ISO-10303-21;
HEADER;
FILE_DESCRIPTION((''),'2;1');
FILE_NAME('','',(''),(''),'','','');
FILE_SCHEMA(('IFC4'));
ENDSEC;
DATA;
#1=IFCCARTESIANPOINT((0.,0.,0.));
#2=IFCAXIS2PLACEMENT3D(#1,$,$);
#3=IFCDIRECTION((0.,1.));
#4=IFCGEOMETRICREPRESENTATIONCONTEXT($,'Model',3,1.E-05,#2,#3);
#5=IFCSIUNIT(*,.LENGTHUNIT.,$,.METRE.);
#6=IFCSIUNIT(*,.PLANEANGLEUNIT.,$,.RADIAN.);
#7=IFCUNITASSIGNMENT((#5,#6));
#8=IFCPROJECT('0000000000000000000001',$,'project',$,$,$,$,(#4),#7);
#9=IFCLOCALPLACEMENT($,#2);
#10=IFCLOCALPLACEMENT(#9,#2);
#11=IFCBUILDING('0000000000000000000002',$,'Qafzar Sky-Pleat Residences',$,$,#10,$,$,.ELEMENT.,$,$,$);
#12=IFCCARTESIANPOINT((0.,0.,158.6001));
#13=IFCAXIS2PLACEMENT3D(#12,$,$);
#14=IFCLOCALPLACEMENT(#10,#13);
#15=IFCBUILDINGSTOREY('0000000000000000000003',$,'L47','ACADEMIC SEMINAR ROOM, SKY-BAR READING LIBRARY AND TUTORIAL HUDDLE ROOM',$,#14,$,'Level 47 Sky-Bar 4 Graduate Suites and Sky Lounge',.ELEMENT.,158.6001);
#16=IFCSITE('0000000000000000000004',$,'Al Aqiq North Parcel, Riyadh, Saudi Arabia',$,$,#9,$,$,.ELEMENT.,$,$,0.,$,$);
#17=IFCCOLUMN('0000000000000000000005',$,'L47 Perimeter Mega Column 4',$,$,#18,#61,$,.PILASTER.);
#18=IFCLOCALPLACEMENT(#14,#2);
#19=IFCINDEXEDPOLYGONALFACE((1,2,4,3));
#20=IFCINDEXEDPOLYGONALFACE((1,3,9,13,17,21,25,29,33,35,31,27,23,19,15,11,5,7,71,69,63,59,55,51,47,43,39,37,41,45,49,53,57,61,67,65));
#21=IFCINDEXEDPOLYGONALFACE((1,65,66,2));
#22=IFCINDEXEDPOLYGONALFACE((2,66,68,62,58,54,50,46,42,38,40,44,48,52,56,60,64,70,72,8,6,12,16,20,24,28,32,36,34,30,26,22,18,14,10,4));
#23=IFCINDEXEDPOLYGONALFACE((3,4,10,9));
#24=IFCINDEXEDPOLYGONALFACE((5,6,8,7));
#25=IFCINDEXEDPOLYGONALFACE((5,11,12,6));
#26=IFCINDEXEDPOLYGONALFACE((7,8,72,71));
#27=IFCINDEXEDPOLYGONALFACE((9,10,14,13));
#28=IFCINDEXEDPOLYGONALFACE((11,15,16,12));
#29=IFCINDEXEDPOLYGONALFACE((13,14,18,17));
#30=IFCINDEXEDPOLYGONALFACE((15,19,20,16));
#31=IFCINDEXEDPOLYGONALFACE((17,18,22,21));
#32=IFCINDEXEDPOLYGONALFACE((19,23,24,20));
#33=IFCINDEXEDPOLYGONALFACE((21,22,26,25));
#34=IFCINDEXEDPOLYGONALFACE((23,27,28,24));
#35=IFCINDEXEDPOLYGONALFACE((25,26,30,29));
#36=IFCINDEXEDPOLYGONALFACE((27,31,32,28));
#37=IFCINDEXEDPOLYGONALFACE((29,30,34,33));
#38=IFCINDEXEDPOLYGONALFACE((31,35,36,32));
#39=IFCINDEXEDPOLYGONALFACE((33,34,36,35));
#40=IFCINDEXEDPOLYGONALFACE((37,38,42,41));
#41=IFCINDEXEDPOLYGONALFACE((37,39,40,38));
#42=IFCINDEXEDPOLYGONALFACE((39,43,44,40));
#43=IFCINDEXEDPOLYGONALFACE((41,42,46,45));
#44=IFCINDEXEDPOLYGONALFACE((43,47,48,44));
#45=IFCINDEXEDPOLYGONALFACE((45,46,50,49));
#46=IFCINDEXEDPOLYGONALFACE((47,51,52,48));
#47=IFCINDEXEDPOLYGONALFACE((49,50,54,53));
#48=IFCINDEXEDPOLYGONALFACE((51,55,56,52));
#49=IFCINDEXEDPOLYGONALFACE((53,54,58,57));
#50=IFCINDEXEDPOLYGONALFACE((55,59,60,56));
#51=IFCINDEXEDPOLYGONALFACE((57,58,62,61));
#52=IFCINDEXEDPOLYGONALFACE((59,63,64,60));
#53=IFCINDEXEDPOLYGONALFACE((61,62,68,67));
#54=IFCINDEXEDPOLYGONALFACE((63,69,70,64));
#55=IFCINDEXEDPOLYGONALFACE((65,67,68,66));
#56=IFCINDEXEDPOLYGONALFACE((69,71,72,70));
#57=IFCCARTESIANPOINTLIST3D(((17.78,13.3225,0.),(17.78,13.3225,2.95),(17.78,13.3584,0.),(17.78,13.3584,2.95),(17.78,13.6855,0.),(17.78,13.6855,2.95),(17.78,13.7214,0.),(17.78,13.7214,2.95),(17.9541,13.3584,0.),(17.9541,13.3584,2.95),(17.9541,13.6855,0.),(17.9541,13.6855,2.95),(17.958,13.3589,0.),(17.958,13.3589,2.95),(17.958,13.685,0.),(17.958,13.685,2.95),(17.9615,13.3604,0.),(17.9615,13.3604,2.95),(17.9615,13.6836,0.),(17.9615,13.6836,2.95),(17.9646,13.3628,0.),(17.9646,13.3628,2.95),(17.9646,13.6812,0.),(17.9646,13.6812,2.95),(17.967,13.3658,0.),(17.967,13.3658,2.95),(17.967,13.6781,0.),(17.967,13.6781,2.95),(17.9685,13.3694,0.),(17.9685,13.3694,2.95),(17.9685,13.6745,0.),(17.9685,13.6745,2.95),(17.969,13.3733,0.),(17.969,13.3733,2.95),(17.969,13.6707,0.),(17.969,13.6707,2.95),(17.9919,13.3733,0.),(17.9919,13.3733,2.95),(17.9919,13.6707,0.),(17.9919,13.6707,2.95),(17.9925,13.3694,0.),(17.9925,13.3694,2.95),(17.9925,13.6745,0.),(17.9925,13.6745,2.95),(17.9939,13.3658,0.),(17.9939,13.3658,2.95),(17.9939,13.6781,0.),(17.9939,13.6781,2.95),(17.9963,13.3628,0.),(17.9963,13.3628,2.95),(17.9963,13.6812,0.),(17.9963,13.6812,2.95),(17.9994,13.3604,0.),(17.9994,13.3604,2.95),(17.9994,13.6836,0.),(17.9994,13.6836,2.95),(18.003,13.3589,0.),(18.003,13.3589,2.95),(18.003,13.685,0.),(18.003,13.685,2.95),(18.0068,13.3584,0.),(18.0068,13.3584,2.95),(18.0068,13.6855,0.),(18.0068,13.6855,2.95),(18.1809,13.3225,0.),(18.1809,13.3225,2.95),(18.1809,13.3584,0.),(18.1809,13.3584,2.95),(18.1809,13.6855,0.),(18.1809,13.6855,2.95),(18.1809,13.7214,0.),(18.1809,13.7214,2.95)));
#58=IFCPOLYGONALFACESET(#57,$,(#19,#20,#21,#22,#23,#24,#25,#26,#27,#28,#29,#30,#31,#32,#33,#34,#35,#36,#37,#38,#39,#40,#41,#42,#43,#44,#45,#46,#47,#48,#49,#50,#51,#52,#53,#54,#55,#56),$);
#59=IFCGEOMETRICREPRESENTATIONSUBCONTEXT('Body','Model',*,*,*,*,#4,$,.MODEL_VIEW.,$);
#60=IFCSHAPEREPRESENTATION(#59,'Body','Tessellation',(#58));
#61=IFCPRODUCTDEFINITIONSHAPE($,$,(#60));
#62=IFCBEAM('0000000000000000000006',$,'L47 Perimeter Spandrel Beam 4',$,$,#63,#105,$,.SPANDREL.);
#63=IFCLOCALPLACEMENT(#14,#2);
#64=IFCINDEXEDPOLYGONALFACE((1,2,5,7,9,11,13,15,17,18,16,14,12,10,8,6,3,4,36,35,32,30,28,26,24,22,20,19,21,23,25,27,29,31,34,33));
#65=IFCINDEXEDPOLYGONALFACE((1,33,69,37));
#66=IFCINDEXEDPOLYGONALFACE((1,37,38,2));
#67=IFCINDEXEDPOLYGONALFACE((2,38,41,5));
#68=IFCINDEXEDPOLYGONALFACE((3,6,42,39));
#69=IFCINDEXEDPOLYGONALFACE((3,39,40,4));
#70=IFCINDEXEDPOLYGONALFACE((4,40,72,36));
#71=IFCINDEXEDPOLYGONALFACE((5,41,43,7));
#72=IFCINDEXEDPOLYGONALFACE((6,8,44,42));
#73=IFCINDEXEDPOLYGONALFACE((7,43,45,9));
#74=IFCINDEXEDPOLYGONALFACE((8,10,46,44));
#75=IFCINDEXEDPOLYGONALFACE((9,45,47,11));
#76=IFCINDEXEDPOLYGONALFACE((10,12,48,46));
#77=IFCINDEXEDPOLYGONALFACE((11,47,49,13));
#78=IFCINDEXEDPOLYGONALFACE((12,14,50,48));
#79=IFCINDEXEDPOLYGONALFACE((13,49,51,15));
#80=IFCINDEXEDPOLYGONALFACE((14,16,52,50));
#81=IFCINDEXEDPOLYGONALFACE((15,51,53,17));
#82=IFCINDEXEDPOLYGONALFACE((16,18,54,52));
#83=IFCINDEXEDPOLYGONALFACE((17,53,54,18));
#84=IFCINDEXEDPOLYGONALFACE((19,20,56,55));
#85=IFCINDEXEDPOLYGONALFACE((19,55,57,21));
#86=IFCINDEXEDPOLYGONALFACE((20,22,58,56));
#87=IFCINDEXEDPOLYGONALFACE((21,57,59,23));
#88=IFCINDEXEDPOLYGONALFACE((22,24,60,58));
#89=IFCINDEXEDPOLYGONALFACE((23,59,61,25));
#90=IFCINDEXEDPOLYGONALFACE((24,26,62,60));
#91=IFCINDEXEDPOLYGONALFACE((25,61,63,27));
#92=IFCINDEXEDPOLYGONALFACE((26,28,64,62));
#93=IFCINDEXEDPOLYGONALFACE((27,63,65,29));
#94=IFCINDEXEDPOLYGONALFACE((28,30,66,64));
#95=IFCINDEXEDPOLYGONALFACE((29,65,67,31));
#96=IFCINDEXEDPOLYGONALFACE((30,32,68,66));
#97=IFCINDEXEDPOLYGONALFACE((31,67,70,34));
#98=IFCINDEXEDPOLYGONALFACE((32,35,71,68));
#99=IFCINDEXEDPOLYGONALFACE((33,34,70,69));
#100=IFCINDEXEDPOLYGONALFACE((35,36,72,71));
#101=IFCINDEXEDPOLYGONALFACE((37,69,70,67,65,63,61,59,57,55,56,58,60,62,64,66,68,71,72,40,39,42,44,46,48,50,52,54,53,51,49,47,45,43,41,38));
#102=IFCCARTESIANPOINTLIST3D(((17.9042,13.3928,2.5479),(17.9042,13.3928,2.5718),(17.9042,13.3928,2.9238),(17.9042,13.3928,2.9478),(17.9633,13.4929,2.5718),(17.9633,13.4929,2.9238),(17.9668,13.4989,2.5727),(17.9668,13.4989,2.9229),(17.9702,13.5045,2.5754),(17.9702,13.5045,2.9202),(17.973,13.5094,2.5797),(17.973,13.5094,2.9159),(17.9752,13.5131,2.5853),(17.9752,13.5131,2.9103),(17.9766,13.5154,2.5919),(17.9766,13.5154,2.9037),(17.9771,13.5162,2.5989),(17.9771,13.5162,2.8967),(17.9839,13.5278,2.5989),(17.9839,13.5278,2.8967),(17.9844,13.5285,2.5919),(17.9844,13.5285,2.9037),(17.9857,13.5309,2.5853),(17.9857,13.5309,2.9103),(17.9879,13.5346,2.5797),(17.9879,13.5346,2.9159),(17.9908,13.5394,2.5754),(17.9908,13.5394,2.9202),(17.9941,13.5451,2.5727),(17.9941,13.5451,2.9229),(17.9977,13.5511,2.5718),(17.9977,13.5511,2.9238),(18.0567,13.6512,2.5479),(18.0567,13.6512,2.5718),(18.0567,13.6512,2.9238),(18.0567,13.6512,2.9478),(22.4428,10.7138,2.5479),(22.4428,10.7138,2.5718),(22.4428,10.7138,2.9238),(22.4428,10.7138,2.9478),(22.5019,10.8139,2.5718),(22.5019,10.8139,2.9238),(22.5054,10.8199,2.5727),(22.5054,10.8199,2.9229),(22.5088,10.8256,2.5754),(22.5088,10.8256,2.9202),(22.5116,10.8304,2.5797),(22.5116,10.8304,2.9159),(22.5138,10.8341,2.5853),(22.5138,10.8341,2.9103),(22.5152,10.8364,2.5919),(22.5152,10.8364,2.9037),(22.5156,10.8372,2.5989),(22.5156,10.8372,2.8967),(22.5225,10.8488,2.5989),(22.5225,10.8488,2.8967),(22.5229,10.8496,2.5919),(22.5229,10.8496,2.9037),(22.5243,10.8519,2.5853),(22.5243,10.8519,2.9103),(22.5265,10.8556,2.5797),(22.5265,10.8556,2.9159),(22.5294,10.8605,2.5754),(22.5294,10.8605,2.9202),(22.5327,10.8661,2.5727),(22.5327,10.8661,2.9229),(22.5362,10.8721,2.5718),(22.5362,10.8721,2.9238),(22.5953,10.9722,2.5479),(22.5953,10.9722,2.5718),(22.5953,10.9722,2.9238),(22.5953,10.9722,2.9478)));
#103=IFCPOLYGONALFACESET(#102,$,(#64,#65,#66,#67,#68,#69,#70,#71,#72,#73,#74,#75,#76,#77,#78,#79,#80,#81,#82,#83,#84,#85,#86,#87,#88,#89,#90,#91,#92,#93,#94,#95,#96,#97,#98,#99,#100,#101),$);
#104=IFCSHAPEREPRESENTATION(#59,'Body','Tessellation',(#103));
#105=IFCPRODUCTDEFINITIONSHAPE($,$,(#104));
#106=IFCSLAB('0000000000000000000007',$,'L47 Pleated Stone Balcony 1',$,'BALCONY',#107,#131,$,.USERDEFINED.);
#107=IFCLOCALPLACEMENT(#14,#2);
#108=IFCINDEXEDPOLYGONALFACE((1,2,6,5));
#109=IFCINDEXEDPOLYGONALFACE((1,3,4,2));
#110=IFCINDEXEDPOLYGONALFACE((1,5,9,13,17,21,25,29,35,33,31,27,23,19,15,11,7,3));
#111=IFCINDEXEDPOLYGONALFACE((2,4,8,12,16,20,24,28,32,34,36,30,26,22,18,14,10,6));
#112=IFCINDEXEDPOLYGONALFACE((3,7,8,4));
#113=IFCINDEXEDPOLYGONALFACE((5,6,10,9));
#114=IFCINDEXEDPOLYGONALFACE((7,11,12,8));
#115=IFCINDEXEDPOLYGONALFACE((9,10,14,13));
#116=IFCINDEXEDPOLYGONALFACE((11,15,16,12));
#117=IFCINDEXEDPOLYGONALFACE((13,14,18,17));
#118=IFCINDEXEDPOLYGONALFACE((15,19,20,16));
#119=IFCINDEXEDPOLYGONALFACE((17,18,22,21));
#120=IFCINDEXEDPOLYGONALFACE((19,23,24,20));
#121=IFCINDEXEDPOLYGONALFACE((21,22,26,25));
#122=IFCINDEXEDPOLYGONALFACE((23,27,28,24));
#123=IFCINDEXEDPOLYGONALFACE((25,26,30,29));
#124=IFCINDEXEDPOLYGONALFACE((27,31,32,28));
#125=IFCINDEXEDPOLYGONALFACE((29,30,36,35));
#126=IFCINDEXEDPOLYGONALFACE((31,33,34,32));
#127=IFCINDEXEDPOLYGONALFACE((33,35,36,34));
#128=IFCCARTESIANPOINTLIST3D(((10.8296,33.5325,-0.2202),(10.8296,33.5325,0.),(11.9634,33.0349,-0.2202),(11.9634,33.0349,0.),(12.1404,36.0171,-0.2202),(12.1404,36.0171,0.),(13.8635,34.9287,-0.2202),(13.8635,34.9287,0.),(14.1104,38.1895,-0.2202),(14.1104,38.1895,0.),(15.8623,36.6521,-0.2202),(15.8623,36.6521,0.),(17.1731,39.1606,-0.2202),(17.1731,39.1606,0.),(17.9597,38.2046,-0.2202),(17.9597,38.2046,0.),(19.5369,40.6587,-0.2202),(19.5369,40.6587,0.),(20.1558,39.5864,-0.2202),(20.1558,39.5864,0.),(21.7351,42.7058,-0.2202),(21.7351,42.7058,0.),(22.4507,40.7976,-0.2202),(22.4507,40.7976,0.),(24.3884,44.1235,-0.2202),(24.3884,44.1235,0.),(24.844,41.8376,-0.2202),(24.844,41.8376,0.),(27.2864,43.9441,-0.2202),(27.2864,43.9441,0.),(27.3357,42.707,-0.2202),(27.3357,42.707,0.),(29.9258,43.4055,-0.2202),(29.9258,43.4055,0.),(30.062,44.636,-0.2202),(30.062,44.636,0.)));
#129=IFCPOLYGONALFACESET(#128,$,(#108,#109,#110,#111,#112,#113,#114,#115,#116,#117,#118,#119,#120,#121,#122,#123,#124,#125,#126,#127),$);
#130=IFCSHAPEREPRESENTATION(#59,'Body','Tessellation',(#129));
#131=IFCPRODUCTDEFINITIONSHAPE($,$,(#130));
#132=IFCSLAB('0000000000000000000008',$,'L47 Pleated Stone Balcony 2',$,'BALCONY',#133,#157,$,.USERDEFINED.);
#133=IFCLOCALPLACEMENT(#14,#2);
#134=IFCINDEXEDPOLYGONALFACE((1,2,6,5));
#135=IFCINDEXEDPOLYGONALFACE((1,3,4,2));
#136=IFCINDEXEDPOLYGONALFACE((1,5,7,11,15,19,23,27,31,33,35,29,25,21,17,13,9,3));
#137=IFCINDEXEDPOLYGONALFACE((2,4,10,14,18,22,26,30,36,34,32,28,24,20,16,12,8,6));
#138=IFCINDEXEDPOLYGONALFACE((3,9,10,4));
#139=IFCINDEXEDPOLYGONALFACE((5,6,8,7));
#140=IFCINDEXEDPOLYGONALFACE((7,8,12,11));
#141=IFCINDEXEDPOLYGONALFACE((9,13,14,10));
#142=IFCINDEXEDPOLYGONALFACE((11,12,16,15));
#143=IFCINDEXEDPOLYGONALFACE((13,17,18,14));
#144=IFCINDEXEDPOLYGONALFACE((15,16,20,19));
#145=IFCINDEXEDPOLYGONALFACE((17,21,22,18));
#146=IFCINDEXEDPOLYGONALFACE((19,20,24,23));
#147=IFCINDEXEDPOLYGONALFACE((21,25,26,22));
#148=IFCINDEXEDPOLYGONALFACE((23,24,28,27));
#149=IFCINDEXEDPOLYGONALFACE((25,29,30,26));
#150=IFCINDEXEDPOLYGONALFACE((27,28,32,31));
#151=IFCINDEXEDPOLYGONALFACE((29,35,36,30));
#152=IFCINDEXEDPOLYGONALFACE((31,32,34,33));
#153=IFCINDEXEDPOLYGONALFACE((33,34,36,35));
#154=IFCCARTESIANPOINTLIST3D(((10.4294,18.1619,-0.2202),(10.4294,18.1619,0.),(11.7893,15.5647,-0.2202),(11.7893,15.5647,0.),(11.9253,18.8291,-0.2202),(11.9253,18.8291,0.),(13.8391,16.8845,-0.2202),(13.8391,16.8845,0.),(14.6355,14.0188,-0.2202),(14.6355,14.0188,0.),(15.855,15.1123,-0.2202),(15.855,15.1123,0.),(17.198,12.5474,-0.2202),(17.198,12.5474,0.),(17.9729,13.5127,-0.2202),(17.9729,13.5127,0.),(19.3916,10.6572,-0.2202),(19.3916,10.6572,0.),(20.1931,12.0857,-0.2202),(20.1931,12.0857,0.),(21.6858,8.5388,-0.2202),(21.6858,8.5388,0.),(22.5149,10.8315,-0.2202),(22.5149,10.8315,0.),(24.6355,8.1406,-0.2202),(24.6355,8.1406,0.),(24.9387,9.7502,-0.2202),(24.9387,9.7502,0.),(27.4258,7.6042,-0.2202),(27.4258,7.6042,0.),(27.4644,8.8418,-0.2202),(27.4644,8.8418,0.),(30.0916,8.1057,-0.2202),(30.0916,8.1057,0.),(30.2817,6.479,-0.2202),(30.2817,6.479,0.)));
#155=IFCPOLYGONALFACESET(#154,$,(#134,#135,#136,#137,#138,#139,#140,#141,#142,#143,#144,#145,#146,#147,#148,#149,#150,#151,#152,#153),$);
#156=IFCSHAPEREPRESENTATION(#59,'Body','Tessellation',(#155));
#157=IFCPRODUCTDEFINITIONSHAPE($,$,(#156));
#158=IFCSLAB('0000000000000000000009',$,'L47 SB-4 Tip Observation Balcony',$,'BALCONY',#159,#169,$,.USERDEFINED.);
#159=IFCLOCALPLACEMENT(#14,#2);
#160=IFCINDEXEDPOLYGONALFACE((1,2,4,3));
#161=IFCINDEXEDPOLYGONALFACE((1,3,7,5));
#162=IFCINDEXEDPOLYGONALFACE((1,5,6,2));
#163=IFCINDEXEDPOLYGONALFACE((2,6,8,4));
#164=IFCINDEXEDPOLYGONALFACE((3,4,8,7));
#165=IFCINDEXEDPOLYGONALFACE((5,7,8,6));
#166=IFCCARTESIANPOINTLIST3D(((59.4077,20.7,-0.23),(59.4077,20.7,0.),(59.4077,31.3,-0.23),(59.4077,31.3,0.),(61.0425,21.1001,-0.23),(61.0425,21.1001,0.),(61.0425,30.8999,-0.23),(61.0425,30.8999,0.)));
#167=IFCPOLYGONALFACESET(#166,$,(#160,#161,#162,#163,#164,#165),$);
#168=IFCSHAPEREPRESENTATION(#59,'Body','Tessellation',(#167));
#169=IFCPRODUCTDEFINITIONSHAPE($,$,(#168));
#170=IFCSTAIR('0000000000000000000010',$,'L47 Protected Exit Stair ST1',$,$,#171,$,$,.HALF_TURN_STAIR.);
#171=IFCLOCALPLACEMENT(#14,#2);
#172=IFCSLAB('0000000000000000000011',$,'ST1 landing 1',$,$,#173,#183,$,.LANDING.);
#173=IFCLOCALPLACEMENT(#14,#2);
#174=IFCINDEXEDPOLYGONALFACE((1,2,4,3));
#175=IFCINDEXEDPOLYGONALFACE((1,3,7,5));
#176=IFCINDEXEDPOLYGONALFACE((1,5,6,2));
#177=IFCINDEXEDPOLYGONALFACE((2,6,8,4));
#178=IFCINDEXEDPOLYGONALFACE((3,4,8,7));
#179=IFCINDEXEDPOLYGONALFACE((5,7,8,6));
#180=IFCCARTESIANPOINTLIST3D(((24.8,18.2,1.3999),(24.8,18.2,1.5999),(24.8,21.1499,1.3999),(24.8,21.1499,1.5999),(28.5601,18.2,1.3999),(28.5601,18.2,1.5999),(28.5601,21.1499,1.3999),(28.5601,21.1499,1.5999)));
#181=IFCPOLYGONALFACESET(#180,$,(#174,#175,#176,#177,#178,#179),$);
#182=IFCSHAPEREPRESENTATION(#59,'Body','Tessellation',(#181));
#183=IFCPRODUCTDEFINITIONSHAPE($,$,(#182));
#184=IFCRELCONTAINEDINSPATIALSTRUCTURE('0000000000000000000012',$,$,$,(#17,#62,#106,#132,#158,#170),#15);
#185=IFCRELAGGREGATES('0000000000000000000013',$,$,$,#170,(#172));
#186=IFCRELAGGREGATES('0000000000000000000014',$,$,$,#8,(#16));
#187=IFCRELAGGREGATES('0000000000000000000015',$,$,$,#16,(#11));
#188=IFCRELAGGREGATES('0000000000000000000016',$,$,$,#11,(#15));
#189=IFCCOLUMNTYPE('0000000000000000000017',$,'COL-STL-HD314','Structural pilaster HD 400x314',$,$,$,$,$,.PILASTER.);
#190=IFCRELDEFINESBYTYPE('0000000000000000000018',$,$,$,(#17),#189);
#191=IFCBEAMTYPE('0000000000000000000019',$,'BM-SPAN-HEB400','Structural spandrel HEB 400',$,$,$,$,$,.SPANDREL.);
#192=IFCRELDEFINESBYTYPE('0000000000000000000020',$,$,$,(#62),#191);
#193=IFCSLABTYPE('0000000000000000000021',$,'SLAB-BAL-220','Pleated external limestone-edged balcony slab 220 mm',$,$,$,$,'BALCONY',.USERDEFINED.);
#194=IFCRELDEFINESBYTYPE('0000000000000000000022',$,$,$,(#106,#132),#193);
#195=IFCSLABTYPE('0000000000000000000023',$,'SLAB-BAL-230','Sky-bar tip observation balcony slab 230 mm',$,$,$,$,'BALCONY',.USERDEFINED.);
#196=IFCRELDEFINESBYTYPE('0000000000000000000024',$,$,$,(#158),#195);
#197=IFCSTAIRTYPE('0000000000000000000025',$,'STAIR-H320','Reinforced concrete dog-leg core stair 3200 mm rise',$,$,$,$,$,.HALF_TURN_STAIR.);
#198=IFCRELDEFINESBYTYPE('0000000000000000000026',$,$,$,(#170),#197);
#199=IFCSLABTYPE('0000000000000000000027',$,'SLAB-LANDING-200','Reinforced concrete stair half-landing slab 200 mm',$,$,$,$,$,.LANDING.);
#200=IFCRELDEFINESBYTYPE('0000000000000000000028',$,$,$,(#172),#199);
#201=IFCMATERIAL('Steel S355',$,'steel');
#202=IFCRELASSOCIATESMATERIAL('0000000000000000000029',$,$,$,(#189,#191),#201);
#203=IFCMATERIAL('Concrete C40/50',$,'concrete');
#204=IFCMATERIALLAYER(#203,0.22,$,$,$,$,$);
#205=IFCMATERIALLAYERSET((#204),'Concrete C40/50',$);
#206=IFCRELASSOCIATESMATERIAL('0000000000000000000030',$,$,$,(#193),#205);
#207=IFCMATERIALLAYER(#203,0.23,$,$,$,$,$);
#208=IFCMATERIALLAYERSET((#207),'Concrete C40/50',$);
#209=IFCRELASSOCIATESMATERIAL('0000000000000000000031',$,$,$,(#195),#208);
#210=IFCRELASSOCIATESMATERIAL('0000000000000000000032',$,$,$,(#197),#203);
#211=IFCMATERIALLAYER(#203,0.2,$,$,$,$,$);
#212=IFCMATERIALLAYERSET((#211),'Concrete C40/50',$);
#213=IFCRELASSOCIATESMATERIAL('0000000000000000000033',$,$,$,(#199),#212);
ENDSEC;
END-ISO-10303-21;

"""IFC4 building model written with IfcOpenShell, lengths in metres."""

from ifc_helpers import new_model, si_unit, direction, frame, origin, origin_2d, place, context, subcontext, project, spatial, polyline, i_section, outline, extrude, source, transform, mapped, material, layer, layer_set, material_profile, profile_set, type_object, element, aggregate, save


model = new_model("IFC4")

# Units and contexts
model_context = context("Model", 3, precision=1e-05, world=origin(), true_north=direction((0.0, 1.0)))
body_context = subcontext(model_context, "Body", "Model", "MODEL_VIEW")
ifc_project = project(units=[si_unit("LENGTHUNIT", "METRE"), si_unit("PLANEANGLEUNIT", "RADIAN")], contexts=[model_context])

# Site, building, storey
site_placement = place(None, origin())
site = spatial("IfcSite", under=ifc_project, at=site_placement, Name="Al Aqiq North Parcel, Riyadh, Saudi Arabia", CompositionType="ELEMENT", RefElevation=0.0)
building_placement = place(site_placement, origin())
building = spatial("IfcBuilding", under=site, at=building_placement, Name="Qafzar Sky-Pleat Residences", CompositionType="ELEMENT")
storey_placement = place(building_placement, frame((0.0, 0.0, 158.6001)))
storey = spatial("IfcBuildingStorey", under=building, at=storey_placement, Name="L47", Description="ACADEMIC SEMINAR ROOM, SKY-BAR READING LIBRARY AND TUTORIAL HUDDLE ROOM", LongName="Level 47 Sky-Bar 4 Graduate Suites and Sky Lounge", CompositionType="ELEMENT", Elevation=158.6001)

# Column
ifc_material_1 = material(Name="Steel S355", Category="steel")
ifc_material_profile_1 = material_profile(ifc_material_1, i_section(OverallWidth=0.4009, OverallDepth=0.3989, WebThickness=0.0229, FlangeThickness=0.0359, FilletRadius=0.0149, at=origin_2d()), Name="HD 400x314")
ifc_profile_set_1 = profile_set([ifc_material_profile_1], Name="Steel S355")
column_type = type_object("IfcColumnType", Name="COL-STL-HD314", Description="Structural pilaster HD 400x314", PredefinedType="PILASTER", material=ifc_profile_set_1)
shared_shape_1 = source(origin(), body_context, "Body", "SweptSolid", [
    extrude(i_section(OverallWidth=0.4009, OverallDepth=0.3989, WebThickness=0.0229, FlangeThickness=0.0359, FilletRadius=0.0149, at=origin_2d()), origin(), (0.0, 0.0, 1.0), 2.95),
])
column_placement = place(storey_placement, frame((17.9805, 13.522, 0.0), z_axis=(0.0, 0.0, 1.0), x_axis=(1.0, 0.0, 0.0)))
element("IfcColumn", 1, at=column_placement, inside=storey, type_object=column_type, Name="L47 Perimeter Mega Column 4", PredefinedType="PILASTER", context=body_context, shape_type="MappedRepresentation", body=[
    mapped(shared_shape_1, transform((0.0, 0.0, 0.0), x_axis=(1.0, 0.0, 0.0), y_axis=(0.0, 1.0, 0.0), z_axis=(0.0, 0.0, 1.0), scale=1.0)),
])

# Beam
ifc_material_profile_2 = material_profile(ifc_material_1, i_section(OverallWidth=0.3, OverallDepth=0.3999, WebThickness=0.0134, FlangeThickness=0.0239, FilletRadius=0.0271, at=origin_2d()), Name="HEB 400")
ifc_profile_set_2 = profile_set([ifc_material_profile_2], Name="Steel S355")
beam_type = type_object("IfcBeamType", Name="BM-SPAN-HEB400", Description="Structural spandrel HEB 400", PredefinedType="SPANDREL", material=ifc_profile_set_2)
shared_shape_2 = source(origin(), body_context, "Body", "SweptSolid", [
    extrude(i_section(OverallWidth=0.3, OverallDepth=0.3999, WebThickness=0.0134, FlangeThickness=0.0239, FilletRadius=0.0271, at=origin_2d()), origin(), (0.0, 0.0, 1.0), 5.2703),
])
beam_placement = place(storey_placement, frame((17.9805, 13.522, 2.7478), z_axis=(0.86117, -0.508317, 0.0), x_axis=(0.508317, 0.86117, 0.0)))
element("IfcBeam", 2, at=beam_placement, inside=storey, type_object=beam_type, Name="L47 Perimeter Spandrel Beam 4", PredefinedType="SPANDREL", context=body_context, shape_type="MappedRepresentation", body=[
    mapped(shared_shape_2, transform((0.0, 0.0, 0.0), x_axis=(1.0, 0.0, 0.0), y_axis=(0.0, 1.0, 0.0), z_axis=(0.0, 0.0, 1.0), scale=1.0)),
])

# Slabs
ifc_material_2 = material(Name="Concrete C40/50", Category="concrete")
ifc_layer_1 = layer(ifc_material_2, 0.22)
ifc_layer_set_1 = layer_set([ifc_layer_1], Name="Concrete C40/50")
slab_type_1 = type_object("IfcSlabType", Name="SLAB-BAL-220", Description="Pleated external limestone-edged balcony slab 220 mm", ElementType="BALCONY", PredefinedType="USERDEFINED", material=ifc_layer_set_1)
slab_1_placement = place(storey_placement, frame((0.0, 0.0, -0.2202)))
element("IfcSlab", 3, at=slab_1_placement, inside=storey, type_object=slab_type_1, Name="L47 Pleated Stone Balcony 1", ObjectType="BALCONY", PredefinedType="USERDEFINED", context=body_context, shape_type="SweptSolid", body=[
    extrude(outline(polyline([(27.3357, 42.707), (24.844, 41.8376), (22.4507, 40.7976), (20.1558, 39.5864), (17.9597, 38.2046), (15.8623, 36.6521), (13.8635, 34.9287), (11.9634, 33.0349), (10.8296, 33.5325), (12.1404, 36.0171), (14.1104, 38.1895), (17.1731, 39.1606), (19.5369, 40.6587), (21.7351, 42.7058), (24.3884, 44.1235), (27.2864, 43.9441), (30.062, 44.636), (29.9258, 43.4055), (27.3357, 42.707)])), origin(), (0.0, 0.0, 1.0), 0.2202),
])
slab_2_placement = place(storey_placement, frame((0.0, 0.0, -0.2202)))
element("IfcSlab", 4, at=slab_2_placement, inside=storey, type_object=slab_type_1, Name="L47 Pleated Stone Balcony 2", ObjectType="BALCONY", PredefinedType="USERDEFINED", context=body_context, shape_type="SweptSolid", body=[
    extrude(outline(polyline([(13.8391, 16.8845), (15.855, 15.1123), (17.9729, 13.5127), (20.1931, 12.0857), (22.5149, 10.8315), (24.9387, 9.7502), (27.4644, 8.8418), (30.0916, 8.1057), (30.2817, 6.479), (27.4258, 7.6042), (24.6355, 8.1406), (21.6858, 8.5388), (19.3916, 10.6572), (17.198, 12.5474), (14.6355, 14.0188), (11.7893, 15.5647), (10.4294, 18.1619), (11.9253, 18.8291), (13.8391, 16.8845)])), origin(), (0.0, 0.0, 1.0), 0.2202),
])
ifc_layer_2 = layer(ifc_material_2, 0.23)
ifc_layer_set_2 = layer_set([ifc_layer_2], Name="Concrete C40/50")
slab_type_2 = type_object("IfcSlabType", Name="SLAB-BAL-230", Description="Sky-bar tip observation balcony slab 230 mm", ElementType="BALCONY", PredefinedType="USERDEFINED", material=ifc_layer_set_2)
slab_3_placement = place(storey_placement, frame((0.0, 0.0, -0.23)))
element("IfcSlab", 5, at=slab_3_placement, inside=storey, type_object=slab_type_2, Name="L47 SB-4 Tip Observation Balcony", ObjectType="BALCONY", PredefinedType="USERDEFINED", context=body_context, shape_type="SweptSolid", body=[
    extrude(outline(polyline([(59.4077, 20.7), (61.0425, 21.1001), (61.0425, 30.8999), (59.4077, 31.3), (59.4077, 20.7)])), origin(), (0.0, 0.0, 1.0), 0.23),
])

# Stair, slab
stair_type = type_object("IfcStairType", Name="STAIR-H320", Description="Reinforced concrete dog-leg core stair 3200 mm rise", PredefinedType="HALF_TURN_STAIR", material=ifc_material_2)
stair_1_placement = place(storey_placement, origin())
stair_1 = element("IfcStair", 6, at=stair_1_placement, inside=storey, type_object=stair_type, Name="L47 Protected Exit Stair ST1", PredefinedType="HALF_TURN_STAIR")
ifc_layer_3 = layer(ifc_material_2, 0.2)
ifc_layer_set_3 = layer_set([ifc_layer_3], Name="Concrete C40/50")
slab_type_3 = type_object("IfcSlabType", Name="SLAB-LANDING-200", Description="Reinforced concrete stair half-landing slab 200 mm", PredefinedType="LANDING", material=ifc_layer_set_3)
slab_4_placement = place(storey_placement, frame((0.0, 0.0, 1.3999)))
slab_4 = element("IfcSlab", 7, at=slab_4_placement, type_object=slab_type_3, Name="ST1 landing 1", PredefinedType="LANDING", context=body_context, shape_type="SweptSolid", body=[
    extrude(outline(polyline([(28.5601, 21.1499), (24.8, 21.1499), (24.8, 18.2), (28.5601, 18.2), (28.5601, 21.1499)])), origin(), (0.0, 0.0, 1.0), 0.2),
])
aggregate(stair_1, [slab_4])

save(model, "model.ifc")
